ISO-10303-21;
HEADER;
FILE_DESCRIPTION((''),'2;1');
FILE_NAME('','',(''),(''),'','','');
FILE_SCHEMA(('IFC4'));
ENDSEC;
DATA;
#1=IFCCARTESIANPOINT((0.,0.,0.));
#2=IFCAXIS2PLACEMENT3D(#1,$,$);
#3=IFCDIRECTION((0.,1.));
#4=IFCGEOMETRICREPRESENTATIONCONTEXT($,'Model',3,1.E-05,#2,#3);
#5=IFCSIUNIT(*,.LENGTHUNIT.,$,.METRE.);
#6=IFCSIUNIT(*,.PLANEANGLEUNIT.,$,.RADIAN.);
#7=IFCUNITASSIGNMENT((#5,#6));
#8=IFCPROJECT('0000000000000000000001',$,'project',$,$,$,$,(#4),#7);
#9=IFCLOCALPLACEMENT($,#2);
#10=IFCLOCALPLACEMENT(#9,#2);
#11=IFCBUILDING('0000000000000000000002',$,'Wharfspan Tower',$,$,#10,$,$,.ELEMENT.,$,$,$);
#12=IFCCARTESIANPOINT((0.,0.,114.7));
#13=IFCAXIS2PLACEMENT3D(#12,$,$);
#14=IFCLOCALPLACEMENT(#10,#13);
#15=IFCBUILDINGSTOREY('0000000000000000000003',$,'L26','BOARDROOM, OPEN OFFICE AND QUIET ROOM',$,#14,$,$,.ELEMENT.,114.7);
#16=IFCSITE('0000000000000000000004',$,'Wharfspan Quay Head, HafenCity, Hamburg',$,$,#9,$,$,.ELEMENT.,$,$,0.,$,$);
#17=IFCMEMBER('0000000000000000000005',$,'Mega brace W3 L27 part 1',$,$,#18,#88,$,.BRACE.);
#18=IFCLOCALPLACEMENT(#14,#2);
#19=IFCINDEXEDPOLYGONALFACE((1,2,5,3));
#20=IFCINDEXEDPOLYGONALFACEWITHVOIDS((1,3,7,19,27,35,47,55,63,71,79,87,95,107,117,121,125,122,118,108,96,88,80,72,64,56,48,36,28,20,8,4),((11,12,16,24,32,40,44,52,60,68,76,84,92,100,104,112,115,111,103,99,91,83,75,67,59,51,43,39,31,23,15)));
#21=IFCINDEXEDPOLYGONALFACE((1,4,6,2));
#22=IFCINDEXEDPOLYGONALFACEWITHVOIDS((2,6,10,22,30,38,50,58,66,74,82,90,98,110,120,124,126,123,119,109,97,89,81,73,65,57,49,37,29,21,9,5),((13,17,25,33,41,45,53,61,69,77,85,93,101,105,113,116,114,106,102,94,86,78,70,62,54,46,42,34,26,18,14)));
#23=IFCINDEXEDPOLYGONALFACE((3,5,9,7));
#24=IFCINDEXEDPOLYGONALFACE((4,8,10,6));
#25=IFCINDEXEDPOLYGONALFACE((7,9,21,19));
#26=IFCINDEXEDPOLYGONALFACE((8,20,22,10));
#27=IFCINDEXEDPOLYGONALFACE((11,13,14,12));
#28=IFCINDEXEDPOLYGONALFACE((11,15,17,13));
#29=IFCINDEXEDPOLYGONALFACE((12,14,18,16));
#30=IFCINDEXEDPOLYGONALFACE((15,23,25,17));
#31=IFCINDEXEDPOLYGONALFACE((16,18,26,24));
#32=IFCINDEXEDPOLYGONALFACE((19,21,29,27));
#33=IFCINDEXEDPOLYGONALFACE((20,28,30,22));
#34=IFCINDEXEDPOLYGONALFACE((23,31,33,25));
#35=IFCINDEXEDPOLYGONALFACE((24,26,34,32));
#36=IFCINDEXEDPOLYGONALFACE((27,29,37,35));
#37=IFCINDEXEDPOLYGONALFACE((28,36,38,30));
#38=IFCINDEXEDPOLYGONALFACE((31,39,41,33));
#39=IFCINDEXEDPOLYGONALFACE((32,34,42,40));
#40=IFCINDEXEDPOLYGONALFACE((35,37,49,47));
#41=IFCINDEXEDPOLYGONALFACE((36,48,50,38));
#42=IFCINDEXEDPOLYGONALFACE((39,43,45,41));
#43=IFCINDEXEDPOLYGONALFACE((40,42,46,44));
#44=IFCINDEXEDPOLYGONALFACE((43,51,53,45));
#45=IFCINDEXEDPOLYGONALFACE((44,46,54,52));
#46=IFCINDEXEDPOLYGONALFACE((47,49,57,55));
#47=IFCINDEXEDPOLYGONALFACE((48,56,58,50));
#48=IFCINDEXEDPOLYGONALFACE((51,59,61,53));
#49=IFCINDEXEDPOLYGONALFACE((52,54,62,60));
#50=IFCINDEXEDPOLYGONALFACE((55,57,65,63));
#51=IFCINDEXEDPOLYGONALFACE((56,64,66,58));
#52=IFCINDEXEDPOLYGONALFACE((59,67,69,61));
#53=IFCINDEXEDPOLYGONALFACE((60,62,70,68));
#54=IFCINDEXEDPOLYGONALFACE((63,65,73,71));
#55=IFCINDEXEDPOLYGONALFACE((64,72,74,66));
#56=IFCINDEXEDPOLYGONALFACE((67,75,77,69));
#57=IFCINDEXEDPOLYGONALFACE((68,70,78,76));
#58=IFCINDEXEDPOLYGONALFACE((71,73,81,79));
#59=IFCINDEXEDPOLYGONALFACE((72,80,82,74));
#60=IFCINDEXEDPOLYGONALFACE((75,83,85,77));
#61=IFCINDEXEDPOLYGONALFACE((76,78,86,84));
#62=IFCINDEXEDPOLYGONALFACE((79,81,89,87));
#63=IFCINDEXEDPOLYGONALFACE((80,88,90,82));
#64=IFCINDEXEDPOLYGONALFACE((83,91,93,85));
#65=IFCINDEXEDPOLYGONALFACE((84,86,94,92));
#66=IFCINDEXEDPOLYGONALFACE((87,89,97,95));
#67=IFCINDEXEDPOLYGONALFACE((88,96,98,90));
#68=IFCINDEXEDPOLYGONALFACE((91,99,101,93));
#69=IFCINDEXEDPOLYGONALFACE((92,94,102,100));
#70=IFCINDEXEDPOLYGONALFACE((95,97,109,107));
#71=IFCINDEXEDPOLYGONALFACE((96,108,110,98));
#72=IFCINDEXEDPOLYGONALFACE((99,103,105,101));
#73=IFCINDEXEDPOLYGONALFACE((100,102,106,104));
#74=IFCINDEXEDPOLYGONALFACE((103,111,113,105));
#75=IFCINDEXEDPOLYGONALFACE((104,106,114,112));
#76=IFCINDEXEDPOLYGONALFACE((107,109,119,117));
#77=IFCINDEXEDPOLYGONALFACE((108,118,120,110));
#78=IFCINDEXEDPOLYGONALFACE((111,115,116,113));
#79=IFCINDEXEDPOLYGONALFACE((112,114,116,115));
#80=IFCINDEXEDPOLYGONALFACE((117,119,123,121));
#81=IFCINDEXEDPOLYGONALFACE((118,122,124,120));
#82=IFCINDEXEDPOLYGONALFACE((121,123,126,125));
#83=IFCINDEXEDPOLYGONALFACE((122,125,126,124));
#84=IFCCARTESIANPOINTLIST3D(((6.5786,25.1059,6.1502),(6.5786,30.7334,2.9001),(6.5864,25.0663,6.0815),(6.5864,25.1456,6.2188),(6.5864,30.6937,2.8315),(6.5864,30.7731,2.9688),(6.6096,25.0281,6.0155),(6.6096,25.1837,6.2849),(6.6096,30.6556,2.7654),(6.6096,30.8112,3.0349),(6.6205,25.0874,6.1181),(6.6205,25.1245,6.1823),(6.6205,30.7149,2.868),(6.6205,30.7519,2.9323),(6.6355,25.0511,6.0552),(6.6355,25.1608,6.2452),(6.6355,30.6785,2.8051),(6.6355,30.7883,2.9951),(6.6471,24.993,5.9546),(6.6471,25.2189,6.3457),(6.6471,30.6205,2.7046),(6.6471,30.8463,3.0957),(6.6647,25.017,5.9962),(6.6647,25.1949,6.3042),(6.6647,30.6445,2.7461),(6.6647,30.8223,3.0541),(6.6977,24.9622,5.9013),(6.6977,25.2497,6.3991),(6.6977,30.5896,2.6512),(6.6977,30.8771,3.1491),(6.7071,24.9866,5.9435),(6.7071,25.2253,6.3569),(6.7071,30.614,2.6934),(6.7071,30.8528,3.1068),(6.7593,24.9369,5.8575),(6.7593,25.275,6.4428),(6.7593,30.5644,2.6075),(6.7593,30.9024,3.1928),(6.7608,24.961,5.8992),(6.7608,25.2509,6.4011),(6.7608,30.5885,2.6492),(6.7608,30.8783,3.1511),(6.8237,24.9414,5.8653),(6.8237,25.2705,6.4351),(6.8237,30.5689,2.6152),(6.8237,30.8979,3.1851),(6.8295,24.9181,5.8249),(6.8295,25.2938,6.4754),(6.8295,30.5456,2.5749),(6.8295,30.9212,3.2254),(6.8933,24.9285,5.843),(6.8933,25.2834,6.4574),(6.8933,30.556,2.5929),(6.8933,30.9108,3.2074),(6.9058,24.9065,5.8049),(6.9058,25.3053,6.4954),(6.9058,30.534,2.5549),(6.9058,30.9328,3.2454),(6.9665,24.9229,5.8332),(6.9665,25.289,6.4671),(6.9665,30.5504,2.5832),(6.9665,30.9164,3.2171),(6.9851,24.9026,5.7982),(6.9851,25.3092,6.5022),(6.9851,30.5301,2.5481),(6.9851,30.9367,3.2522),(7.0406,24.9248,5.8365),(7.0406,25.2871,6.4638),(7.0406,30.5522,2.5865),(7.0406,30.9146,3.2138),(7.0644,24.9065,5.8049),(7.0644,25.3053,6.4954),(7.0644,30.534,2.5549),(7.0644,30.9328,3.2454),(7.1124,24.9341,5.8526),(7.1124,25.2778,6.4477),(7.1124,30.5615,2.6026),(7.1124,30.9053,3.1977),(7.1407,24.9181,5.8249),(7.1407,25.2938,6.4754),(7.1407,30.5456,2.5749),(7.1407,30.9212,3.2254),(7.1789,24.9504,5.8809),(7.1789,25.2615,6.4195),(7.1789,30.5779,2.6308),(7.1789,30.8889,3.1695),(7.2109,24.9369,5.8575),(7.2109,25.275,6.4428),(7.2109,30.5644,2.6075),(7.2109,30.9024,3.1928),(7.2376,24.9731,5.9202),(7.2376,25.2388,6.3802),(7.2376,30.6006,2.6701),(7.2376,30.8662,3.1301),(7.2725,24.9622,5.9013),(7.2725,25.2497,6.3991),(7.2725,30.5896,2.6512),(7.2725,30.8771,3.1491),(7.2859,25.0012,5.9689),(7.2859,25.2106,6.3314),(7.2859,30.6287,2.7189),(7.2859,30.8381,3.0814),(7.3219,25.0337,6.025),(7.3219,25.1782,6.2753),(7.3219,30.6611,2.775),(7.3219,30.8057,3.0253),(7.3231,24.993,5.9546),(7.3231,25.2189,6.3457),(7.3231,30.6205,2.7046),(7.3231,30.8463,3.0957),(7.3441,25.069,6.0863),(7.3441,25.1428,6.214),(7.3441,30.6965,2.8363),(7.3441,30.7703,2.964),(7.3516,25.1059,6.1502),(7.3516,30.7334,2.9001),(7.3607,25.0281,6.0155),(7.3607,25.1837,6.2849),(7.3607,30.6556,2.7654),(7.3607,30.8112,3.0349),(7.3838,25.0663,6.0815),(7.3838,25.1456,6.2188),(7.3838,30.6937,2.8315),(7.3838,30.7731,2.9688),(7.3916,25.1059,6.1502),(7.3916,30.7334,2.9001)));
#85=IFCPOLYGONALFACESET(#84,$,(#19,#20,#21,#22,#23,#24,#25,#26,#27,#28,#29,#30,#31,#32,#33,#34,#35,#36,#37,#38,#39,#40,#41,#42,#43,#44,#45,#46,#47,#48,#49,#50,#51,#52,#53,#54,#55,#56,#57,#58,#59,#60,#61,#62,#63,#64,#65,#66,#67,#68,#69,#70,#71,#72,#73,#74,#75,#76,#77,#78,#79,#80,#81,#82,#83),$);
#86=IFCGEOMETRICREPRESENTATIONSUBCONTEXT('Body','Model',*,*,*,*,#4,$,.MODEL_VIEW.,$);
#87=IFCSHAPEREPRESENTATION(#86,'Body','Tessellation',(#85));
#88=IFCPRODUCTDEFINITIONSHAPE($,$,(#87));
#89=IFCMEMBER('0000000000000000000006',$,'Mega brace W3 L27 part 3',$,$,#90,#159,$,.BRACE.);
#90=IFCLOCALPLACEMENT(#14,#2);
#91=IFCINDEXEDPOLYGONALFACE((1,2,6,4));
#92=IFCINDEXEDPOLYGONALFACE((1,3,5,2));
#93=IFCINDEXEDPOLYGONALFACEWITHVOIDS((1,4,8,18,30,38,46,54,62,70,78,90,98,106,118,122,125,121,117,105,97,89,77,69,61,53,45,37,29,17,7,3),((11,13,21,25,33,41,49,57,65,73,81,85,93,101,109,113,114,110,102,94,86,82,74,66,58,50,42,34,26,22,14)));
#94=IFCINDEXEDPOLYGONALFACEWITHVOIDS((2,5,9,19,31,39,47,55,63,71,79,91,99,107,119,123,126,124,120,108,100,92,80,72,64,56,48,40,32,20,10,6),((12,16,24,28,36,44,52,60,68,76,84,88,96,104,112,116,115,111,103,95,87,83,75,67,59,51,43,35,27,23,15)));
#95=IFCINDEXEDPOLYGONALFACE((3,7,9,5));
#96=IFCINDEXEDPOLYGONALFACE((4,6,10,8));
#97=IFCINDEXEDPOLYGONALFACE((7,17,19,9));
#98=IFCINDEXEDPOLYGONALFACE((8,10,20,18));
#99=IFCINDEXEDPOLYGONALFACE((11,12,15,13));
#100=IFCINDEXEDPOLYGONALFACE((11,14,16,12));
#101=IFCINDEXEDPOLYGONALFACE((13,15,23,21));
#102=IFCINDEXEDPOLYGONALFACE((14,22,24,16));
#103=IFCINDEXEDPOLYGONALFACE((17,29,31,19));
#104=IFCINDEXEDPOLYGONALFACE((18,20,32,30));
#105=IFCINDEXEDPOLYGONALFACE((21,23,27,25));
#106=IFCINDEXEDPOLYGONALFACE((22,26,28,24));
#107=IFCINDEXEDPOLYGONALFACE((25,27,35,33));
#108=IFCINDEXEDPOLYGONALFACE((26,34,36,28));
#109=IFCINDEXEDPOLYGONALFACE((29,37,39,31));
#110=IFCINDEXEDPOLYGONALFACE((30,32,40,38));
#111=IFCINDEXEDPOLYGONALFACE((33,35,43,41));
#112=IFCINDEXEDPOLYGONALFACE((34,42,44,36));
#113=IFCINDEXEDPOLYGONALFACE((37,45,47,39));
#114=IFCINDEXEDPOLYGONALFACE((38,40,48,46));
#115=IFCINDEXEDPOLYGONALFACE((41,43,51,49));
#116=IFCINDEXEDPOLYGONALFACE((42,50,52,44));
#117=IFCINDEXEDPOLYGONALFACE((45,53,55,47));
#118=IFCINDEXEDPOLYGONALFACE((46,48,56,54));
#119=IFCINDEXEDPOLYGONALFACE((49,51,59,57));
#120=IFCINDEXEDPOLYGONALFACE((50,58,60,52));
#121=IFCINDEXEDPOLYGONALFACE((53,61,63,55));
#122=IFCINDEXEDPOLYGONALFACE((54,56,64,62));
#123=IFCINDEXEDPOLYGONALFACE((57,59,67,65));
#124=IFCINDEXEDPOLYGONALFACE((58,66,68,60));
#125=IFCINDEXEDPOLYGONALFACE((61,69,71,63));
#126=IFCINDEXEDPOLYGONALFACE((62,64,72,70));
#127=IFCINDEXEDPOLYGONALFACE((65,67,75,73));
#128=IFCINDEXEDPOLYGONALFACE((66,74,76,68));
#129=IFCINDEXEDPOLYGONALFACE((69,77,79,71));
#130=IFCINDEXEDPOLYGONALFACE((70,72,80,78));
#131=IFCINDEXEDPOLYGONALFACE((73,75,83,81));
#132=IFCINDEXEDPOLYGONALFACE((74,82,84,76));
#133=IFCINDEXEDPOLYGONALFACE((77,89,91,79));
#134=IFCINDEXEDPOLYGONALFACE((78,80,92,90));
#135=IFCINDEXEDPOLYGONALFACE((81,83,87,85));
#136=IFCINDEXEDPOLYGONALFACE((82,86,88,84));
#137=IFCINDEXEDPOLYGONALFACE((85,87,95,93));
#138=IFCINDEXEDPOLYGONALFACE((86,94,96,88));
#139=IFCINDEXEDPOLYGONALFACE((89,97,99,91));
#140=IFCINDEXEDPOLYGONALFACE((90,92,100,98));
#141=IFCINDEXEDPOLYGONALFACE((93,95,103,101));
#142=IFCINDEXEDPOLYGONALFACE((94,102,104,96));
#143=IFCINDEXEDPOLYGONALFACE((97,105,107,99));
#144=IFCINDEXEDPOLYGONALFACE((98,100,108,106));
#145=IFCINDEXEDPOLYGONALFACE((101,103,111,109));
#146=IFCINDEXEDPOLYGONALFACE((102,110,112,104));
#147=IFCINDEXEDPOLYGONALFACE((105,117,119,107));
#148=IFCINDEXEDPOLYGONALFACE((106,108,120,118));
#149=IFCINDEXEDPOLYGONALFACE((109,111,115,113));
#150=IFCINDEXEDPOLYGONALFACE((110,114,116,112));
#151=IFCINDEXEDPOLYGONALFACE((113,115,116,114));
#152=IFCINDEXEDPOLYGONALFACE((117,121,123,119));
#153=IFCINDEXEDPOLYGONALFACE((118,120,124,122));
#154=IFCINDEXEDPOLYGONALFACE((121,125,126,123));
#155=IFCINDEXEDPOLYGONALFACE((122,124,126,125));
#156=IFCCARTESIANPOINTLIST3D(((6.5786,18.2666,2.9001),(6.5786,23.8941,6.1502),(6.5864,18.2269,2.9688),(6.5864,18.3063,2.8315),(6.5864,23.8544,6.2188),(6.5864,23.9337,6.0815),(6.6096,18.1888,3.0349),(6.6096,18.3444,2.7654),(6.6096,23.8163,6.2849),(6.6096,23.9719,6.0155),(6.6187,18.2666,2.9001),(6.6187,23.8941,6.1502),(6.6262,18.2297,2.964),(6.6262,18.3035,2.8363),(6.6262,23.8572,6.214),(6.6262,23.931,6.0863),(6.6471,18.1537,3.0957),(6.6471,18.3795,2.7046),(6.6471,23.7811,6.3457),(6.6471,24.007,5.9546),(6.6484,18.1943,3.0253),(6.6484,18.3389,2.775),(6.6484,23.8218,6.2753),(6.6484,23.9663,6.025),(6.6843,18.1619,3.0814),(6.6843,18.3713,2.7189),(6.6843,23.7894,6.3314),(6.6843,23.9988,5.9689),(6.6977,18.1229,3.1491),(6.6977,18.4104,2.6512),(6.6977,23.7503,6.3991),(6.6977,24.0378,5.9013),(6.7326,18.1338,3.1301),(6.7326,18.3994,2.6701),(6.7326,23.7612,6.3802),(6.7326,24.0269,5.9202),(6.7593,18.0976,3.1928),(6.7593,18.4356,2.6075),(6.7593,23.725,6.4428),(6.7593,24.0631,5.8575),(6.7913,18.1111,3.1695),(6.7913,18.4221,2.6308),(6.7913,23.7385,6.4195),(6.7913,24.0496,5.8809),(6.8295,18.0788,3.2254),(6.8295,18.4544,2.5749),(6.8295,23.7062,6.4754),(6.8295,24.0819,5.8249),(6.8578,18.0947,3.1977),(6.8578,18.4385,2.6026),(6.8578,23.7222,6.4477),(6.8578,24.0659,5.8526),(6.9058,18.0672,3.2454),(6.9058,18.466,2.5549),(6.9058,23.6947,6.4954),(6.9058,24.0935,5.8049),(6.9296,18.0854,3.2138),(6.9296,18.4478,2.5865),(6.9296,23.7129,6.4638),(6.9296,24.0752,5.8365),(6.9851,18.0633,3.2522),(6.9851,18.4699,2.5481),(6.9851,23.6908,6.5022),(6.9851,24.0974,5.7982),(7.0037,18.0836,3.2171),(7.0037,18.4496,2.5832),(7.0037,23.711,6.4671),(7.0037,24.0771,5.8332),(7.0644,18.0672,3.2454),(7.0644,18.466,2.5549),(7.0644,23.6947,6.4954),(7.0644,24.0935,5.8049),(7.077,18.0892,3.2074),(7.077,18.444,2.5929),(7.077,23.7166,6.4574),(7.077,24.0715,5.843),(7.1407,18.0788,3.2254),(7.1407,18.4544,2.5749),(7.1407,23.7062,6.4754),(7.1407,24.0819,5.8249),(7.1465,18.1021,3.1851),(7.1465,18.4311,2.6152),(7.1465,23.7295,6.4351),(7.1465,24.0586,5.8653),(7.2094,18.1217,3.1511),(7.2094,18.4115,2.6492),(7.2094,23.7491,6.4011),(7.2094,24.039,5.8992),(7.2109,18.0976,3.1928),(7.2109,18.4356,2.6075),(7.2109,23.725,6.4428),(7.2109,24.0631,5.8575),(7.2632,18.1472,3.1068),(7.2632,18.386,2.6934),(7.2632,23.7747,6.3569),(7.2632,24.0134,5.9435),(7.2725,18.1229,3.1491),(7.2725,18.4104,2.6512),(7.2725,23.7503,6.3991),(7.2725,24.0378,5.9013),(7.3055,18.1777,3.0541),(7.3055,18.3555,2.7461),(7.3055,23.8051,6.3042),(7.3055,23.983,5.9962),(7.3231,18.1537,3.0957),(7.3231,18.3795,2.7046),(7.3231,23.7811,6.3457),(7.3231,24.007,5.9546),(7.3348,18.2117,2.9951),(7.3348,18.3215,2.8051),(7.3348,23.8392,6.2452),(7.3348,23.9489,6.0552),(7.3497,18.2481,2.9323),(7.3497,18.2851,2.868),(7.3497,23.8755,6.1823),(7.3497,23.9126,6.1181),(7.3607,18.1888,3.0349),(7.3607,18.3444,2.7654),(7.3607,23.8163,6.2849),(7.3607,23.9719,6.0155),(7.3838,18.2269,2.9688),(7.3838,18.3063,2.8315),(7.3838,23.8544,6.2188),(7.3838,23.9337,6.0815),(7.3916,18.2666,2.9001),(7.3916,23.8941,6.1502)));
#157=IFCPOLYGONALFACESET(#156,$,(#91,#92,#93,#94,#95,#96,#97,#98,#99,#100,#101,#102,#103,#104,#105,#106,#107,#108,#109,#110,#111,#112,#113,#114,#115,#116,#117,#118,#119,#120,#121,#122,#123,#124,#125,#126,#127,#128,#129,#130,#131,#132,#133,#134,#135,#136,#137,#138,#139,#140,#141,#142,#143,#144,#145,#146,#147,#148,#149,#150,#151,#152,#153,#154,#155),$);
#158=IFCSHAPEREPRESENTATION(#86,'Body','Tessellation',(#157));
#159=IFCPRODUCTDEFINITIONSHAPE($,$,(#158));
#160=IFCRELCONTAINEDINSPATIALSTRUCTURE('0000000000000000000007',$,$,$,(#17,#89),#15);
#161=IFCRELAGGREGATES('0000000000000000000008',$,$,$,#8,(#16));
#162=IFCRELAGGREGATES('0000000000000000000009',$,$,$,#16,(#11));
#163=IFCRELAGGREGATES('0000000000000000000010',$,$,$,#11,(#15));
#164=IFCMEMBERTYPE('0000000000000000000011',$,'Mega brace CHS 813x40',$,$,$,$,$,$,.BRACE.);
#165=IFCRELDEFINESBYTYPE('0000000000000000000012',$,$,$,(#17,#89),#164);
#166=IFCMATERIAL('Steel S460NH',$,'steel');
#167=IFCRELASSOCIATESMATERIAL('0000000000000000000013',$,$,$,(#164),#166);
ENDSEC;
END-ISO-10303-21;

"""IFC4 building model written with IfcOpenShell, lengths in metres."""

from ifc_helpers import new_model, si_unit, direction, frame, origin, origin_2d, place, context, subcontext, project, spatial, hollow_circle, extrude, material, material_profile, profile_set, type_object, element, save


model = new_model("IFC4")

# Units and contexts
model_context = context("Model", 3, precision=1e-05, world=origin(), true_north=direction((0.0, 1.0)))
body_context = subcontext(model_context, "Body", "Model", "MODEL_VIEW")
ifc_project = project(units=[si_unit("LENGTHUNIT", "METRE"), si_unit("PLANEANGLEUNIT", "RADIAN")], contexts=[model_context])

# Site, building, storey
site_placement = place(None, origin())
site = spatial("IfcSite", under=ifc_project, at=site_placement, Name="Wharfspan Quay Head, HafenCity, Hamburg", CompositionType="ELEMENT", RefElevation=0.0)
building_placement = place(site_placement, origin())
building = spatial("IfcBuilding", under=site, at=building_placement, Name="Wharfspan Tower", CompositionType="ELEMENT")
storey_placement = place(building_placement, frame((0.0, 0.0, 114.7)))
storey = spatial("IfcBuildingStorey", under=building, at=storey_placement, Name="L26", Description="BOARDROOM, OPEN OFFICE AND QUIET ROOM", CompositionType="ELEMENT", Elevation=114.7)

# Members
ifc_material_1 = material(Name="Steel S460NH", Category="steel")
ifc_material_profile_1 = material_profile(ifc_material_1, hollow_circle(Radius=0.4065, WallThickness=0.04, at=origin_2d()))
ifc_profile_set_1 = profile_set([ifc_material_profile_1], Name="Steel S460NH")
member_type_1 = type_object("IfcMemberType", Name="Mega brace CHS 813x40", PredefinedType="BRACE", material=ifc_profile_set_1)
for number, where, z_axis, x_axis, name in (
    (1, (6.9851, 30.7334, 2.9001), (0.0, -0.865959, 0.500115), (1.0, 0.0, 0.0), "Mega brace W3 L27 part 1"),
    (2, (6.9851, 18.2666, 2.9001), (0.0, 0.865959, 0.500115), (-1.0, 0.0, 0.0), "Mega brace W3 L27 part 3"),
):
    element("IfcMember", number, at=place(storey_placement, frame(where, z_axis=z_axis, x_axis=x_axis)), inside=storey, type_object=member_type_1, Name=name, PredefinedType="BRACE", context=body_context, shape_type="SweptSolid", body=[
        extrude(hollow_circle(Radius=0.4065, WallThickness=0.04, at=origin_2d()), origin(), (0.0, 0.0, 1.0), 6.4985),
    ])

save(model, "model.ifc")
